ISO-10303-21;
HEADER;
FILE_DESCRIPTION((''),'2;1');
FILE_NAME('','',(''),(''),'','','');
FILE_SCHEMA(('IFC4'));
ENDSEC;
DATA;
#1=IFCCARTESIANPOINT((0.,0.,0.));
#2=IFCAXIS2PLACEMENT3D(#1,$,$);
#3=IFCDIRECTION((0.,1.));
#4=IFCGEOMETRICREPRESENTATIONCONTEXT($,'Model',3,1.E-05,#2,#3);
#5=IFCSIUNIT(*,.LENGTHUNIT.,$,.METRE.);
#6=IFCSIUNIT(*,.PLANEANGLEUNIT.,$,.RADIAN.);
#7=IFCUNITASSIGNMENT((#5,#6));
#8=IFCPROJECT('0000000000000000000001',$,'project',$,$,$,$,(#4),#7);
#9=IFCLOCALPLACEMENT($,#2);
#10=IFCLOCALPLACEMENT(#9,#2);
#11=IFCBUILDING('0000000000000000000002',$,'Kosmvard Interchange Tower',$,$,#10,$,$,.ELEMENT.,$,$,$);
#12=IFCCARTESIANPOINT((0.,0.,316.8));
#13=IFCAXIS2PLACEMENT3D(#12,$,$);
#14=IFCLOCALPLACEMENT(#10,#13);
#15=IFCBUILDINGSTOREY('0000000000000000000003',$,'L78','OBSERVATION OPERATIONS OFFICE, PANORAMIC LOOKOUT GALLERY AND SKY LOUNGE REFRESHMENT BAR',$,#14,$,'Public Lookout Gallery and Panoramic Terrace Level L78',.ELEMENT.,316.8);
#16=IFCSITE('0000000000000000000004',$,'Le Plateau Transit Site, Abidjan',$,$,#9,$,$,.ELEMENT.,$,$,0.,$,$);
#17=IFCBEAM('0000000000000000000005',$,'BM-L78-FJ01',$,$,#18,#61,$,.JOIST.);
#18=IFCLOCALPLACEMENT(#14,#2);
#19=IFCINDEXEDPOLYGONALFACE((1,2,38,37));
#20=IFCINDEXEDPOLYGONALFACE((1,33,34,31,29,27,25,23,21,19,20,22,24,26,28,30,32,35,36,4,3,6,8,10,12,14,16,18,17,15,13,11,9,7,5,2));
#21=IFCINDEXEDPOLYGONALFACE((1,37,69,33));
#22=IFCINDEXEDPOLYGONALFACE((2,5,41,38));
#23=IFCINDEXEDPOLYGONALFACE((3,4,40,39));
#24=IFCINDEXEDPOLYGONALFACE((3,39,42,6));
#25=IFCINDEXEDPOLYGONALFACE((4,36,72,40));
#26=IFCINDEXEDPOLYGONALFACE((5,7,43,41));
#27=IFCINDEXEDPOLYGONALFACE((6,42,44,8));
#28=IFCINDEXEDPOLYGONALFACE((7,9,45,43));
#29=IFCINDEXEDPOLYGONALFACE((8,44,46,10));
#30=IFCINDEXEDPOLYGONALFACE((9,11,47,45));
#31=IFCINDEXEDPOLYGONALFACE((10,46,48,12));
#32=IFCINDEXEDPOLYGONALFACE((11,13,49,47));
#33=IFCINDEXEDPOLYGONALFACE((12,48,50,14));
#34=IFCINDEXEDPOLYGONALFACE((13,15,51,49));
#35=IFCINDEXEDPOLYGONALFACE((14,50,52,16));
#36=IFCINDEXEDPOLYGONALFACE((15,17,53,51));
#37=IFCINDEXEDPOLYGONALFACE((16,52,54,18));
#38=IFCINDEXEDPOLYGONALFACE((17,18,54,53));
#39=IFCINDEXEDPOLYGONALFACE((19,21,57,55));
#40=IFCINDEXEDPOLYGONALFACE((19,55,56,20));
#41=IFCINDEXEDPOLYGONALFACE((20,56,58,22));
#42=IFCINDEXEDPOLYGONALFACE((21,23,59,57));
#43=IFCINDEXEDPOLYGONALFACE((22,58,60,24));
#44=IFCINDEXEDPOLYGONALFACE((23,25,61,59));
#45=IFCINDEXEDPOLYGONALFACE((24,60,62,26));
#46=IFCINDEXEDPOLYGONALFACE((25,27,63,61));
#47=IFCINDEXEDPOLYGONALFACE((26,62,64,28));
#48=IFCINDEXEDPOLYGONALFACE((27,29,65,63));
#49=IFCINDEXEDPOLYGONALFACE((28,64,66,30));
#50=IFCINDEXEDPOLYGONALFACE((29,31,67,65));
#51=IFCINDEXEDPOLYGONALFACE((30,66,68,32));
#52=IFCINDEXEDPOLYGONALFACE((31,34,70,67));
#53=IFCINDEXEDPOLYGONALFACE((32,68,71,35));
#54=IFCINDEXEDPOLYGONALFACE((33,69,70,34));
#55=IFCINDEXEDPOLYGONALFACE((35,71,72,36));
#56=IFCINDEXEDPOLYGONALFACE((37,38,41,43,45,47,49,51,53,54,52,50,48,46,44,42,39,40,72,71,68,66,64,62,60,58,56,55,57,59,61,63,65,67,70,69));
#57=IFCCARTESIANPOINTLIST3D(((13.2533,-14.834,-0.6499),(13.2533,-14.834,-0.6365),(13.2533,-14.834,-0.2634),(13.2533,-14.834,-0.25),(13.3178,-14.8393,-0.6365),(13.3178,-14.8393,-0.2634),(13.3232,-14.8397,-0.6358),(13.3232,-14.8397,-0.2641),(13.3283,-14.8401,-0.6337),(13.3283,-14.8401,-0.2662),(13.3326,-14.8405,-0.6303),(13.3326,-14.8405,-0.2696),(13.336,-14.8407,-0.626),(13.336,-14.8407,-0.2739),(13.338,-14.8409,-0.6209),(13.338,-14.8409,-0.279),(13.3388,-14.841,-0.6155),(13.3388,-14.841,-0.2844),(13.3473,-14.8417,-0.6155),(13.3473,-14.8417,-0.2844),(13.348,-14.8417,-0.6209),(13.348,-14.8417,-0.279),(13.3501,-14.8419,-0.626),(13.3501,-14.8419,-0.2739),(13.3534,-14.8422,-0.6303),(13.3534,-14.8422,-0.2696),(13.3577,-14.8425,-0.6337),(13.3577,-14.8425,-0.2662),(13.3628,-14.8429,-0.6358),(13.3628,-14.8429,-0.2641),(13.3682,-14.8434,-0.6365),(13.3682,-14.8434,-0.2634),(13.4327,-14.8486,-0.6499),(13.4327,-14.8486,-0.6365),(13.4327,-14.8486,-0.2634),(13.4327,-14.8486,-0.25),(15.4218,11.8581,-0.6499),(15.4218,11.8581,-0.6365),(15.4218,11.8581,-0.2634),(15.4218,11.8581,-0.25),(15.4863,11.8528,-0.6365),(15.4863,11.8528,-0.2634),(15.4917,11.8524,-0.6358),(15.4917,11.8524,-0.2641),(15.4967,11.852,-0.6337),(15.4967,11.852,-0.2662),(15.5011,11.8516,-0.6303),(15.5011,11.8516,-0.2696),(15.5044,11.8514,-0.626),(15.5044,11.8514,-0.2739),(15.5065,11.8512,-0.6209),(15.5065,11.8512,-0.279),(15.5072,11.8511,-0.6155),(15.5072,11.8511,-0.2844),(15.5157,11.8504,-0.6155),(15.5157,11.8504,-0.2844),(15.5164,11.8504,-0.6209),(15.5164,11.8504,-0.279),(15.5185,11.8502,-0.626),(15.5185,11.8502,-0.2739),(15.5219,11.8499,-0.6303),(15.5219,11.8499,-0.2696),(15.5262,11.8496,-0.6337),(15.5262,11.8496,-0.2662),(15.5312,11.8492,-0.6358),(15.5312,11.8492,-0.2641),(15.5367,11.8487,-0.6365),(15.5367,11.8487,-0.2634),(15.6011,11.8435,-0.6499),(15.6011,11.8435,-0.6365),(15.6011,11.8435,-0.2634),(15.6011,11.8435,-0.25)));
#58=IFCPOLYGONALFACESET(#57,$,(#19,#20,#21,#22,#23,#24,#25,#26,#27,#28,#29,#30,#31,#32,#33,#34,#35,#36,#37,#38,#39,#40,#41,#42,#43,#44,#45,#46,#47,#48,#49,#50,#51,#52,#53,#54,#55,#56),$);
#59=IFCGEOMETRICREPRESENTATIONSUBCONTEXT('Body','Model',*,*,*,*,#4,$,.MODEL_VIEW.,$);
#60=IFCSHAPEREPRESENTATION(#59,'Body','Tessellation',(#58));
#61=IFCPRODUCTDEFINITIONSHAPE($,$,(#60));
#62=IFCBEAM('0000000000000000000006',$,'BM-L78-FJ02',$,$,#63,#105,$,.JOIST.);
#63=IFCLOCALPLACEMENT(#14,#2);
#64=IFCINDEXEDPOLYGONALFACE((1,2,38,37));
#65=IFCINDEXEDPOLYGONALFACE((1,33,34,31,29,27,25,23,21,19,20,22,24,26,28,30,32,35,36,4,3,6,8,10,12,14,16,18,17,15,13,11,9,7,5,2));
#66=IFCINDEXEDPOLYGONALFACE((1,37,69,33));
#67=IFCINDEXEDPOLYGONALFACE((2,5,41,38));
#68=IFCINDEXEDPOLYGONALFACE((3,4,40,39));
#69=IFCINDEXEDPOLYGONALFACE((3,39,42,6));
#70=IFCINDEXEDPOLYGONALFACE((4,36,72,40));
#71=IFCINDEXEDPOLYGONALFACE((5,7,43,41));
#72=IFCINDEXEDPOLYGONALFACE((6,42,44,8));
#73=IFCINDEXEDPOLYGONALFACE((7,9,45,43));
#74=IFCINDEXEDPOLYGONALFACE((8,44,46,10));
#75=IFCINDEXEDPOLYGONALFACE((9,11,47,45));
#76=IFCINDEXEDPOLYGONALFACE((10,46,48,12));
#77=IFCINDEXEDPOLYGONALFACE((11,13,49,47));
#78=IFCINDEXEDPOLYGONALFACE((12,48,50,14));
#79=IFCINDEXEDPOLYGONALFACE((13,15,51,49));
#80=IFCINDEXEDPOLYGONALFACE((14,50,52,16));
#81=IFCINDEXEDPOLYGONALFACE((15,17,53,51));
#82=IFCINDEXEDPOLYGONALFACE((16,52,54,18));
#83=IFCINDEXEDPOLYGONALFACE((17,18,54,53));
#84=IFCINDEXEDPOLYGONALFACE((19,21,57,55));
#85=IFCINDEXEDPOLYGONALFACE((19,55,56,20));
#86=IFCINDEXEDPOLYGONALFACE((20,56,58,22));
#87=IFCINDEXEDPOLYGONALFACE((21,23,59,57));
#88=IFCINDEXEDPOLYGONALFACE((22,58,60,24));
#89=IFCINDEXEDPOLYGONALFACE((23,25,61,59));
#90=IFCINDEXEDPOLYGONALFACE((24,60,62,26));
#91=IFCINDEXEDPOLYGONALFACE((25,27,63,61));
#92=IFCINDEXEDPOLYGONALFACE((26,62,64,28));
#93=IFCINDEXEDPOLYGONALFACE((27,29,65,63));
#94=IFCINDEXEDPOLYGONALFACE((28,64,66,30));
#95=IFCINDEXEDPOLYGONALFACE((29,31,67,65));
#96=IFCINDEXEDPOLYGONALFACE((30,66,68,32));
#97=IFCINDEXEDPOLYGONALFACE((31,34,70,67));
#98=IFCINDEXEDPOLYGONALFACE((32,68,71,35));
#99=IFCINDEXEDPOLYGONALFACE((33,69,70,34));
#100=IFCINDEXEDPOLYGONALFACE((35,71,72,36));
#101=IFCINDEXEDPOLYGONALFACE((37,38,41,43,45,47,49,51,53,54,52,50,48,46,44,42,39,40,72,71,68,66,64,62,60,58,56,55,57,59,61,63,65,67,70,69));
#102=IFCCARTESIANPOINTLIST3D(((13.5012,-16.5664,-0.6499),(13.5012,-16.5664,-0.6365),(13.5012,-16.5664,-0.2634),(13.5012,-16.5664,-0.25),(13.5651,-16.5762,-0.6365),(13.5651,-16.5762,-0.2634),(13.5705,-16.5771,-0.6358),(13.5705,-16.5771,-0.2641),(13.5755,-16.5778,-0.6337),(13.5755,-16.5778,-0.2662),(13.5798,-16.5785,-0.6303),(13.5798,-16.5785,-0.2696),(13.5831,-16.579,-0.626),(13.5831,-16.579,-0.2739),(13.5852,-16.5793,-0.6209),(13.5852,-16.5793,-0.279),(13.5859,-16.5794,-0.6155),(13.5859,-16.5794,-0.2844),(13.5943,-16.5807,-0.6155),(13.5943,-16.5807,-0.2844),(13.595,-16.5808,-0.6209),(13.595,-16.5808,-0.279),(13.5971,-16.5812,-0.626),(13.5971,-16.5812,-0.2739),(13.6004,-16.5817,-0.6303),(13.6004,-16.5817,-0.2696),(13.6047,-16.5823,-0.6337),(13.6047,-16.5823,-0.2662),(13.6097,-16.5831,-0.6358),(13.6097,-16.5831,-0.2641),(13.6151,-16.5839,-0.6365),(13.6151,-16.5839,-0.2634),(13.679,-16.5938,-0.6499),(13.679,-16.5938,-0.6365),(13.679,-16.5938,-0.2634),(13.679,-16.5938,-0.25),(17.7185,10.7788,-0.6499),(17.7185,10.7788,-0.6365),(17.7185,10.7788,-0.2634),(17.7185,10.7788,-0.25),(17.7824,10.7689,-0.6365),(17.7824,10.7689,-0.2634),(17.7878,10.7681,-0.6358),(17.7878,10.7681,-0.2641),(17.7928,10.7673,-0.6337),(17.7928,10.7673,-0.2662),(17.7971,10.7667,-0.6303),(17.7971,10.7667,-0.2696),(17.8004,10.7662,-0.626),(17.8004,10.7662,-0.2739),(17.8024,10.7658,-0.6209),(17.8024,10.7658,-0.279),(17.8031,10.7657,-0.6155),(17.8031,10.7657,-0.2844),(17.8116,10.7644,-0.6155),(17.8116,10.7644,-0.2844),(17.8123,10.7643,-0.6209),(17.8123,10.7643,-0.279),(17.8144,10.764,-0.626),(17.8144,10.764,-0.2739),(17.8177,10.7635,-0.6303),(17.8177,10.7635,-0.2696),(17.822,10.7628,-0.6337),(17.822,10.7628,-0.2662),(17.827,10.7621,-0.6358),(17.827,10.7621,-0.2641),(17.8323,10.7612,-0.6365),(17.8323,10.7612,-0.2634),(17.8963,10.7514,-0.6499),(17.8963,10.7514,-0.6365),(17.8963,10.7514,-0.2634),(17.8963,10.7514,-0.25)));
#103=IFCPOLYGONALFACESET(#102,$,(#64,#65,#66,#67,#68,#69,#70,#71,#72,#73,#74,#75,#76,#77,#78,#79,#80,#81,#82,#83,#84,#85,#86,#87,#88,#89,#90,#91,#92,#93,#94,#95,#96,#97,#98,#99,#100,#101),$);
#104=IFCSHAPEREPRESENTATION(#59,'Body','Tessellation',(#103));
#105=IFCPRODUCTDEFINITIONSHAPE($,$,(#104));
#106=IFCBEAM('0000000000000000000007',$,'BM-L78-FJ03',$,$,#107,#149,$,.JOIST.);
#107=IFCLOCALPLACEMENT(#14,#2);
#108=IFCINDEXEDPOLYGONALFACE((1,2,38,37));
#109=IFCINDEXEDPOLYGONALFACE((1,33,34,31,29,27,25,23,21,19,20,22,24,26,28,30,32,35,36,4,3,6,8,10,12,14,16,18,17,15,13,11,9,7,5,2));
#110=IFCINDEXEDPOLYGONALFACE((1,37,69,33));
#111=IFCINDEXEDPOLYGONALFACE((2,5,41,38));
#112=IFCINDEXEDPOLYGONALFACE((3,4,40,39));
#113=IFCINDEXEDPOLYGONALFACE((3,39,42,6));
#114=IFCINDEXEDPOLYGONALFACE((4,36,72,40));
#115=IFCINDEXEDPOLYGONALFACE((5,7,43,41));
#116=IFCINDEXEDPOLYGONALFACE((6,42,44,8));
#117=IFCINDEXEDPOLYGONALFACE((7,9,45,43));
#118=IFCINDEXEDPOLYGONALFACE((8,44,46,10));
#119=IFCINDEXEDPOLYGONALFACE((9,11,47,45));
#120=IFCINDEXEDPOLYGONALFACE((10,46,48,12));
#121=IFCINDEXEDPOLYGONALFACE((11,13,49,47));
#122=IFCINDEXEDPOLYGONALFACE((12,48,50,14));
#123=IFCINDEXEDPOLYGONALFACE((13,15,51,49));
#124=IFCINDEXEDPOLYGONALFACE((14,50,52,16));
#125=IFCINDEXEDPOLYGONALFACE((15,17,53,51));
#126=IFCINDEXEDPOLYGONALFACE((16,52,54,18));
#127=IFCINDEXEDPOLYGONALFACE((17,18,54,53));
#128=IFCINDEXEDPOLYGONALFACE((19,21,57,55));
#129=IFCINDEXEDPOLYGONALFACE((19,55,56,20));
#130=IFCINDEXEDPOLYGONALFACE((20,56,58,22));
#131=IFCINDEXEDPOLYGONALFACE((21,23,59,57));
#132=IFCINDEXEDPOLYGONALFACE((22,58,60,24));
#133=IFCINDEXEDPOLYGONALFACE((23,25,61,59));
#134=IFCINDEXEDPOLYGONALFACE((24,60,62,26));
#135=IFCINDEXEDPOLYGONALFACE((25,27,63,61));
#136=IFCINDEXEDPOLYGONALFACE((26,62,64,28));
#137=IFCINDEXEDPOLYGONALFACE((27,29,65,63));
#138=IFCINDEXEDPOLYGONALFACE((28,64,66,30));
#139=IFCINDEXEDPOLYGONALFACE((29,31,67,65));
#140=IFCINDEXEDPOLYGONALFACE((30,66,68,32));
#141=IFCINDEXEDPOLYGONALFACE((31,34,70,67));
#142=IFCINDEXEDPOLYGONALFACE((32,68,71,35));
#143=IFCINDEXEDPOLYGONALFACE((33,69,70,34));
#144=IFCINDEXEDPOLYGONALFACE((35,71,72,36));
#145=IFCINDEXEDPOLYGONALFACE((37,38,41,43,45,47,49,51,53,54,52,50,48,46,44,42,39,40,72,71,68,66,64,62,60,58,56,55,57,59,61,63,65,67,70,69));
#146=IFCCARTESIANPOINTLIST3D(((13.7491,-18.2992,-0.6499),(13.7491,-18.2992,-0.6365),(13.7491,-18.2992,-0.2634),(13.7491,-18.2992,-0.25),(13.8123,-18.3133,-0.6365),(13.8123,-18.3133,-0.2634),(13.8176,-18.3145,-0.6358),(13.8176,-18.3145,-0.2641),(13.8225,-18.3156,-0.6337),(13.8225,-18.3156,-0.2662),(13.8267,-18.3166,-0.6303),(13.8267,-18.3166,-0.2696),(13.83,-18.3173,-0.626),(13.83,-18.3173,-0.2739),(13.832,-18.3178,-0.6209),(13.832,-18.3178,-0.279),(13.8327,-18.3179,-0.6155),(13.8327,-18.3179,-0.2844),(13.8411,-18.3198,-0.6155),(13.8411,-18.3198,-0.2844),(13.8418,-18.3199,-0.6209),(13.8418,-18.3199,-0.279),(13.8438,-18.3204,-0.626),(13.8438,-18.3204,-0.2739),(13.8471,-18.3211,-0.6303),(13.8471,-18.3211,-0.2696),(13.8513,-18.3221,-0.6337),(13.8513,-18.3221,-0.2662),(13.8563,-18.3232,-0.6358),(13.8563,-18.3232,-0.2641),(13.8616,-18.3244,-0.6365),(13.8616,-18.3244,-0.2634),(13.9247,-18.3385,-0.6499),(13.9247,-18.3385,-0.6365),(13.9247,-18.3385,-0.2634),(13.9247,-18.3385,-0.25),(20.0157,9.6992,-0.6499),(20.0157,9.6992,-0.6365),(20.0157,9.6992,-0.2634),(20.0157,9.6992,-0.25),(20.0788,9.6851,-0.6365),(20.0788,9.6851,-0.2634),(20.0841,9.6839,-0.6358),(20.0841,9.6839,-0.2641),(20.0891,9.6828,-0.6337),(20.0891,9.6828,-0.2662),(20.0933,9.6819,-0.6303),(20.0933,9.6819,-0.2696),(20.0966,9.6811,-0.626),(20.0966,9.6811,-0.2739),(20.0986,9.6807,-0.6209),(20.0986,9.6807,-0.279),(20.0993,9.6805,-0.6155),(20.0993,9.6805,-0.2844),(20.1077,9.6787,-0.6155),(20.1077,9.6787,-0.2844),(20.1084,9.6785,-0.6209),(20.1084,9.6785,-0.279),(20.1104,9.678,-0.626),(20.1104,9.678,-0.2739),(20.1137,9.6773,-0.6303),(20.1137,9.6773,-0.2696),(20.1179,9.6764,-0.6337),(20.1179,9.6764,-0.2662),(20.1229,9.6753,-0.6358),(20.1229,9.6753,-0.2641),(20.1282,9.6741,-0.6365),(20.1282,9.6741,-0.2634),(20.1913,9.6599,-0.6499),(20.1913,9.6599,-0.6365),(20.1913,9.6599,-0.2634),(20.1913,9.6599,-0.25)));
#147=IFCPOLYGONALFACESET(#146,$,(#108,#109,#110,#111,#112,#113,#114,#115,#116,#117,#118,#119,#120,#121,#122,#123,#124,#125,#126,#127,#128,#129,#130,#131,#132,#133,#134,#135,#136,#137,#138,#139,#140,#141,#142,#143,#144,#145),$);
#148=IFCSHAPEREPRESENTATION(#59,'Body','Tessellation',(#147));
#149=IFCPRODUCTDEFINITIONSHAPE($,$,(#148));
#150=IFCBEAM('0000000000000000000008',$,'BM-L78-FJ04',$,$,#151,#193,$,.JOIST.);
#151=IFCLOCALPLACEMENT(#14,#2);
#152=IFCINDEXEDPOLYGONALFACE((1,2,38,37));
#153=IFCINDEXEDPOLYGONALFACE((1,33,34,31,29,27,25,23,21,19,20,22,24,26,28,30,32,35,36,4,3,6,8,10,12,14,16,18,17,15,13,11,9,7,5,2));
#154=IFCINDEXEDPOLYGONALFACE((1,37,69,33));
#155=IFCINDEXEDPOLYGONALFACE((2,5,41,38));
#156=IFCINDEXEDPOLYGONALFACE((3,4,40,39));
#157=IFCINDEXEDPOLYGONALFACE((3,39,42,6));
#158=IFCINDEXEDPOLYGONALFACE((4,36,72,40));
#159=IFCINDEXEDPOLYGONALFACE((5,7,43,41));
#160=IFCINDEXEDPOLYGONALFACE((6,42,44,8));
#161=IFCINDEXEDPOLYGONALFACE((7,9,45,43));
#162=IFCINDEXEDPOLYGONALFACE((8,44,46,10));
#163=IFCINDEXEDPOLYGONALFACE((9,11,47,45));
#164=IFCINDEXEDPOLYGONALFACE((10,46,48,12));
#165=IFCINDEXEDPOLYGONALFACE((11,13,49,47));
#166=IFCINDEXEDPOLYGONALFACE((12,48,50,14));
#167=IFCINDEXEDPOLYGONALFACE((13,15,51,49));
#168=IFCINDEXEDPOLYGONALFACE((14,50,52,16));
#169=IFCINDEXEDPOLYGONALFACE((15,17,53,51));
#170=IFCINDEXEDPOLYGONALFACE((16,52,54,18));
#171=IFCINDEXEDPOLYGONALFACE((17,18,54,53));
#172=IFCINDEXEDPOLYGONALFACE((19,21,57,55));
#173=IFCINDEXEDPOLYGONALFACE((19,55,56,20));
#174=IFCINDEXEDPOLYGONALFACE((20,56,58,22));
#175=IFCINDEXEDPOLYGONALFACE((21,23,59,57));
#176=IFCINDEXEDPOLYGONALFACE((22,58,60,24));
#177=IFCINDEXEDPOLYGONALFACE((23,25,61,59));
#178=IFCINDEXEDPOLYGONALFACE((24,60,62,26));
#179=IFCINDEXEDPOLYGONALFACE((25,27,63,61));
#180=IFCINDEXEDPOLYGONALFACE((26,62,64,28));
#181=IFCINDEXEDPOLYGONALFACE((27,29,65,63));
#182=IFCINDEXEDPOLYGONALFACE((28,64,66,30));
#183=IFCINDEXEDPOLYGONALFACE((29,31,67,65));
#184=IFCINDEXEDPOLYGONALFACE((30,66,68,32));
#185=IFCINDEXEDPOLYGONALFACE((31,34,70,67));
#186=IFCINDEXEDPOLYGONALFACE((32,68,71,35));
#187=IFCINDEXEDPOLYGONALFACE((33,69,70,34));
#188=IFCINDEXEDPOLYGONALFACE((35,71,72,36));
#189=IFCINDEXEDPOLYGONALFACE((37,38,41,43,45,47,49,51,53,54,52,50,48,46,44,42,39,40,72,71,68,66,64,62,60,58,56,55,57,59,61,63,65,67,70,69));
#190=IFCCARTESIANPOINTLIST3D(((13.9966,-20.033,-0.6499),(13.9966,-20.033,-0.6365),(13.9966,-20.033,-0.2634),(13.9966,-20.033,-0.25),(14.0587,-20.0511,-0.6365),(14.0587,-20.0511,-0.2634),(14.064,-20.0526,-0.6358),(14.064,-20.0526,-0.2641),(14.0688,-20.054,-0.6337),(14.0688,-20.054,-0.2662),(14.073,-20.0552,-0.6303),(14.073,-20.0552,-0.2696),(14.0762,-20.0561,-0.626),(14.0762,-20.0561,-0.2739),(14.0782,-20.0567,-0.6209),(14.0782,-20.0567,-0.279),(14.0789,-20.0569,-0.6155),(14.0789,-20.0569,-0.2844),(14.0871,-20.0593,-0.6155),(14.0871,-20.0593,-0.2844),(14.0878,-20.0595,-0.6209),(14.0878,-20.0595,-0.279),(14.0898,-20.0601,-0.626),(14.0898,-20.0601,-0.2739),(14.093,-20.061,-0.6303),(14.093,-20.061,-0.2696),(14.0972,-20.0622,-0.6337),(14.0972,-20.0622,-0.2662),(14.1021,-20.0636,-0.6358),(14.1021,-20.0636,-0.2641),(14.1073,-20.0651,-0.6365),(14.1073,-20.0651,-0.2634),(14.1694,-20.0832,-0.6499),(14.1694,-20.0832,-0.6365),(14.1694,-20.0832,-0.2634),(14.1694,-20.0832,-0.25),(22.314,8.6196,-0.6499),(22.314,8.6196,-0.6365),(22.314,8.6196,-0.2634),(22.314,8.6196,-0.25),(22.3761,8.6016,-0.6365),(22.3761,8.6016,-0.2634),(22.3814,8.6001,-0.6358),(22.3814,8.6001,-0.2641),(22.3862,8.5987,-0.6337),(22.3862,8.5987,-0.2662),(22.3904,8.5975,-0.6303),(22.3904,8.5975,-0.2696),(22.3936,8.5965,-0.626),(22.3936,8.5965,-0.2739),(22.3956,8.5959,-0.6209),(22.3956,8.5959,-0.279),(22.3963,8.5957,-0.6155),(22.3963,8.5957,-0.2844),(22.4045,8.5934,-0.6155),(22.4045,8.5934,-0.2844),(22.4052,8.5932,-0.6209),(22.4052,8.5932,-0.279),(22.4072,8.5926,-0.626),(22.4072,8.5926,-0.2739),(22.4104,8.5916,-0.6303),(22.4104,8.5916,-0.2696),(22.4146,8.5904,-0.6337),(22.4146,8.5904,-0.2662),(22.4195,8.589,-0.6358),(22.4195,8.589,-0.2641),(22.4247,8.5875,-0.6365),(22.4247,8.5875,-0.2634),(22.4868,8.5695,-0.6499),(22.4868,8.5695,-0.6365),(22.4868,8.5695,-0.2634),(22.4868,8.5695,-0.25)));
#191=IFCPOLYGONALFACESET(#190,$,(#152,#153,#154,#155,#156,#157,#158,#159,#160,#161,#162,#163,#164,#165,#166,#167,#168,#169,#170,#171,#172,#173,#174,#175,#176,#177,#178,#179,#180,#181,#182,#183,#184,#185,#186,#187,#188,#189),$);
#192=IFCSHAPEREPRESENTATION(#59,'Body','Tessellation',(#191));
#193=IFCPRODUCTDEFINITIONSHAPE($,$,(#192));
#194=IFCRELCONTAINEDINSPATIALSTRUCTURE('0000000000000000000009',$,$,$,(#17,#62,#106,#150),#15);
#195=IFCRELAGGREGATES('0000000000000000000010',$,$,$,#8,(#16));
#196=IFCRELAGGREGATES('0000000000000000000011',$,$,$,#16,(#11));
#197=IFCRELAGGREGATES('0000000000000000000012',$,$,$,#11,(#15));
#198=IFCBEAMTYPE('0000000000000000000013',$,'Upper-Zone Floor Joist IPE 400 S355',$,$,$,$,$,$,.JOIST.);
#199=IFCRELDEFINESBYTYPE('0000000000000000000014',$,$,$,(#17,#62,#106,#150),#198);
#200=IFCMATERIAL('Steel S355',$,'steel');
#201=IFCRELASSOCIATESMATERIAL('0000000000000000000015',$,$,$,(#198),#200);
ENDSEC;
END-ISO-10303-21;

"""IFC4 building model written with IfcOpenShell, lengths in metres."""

from ifc_helpers import new_model, si_unit, direction, frame, origin, origin_2d, place, context, subcontext, project, spatial, i_section, extrude, source, transform, mapped, material, material_profile, profile_set, type_object, element, save


model = new_model("IFC4")

# Units and contexts
model_context = context("Model", 3, precision=1e-05, world=origin(), true_north=direction((0.0, 1.0)))
body_context = subcontext(model_context, "Body", "Model", "MODEL_VIEW")
ifc_project = project(units=[si_unit("LENGTHUNIT", "METRE"), si_unit("PLANEANGLEUNIT", "RADIAN")], contexts=[model_context])

# Site, building, storey
site_placement = place(None, origin())
site = spatial("IfcSite", under=ifc_project, at=site_placement, Name="Le Plateau Transit Site, Abidjan", CompositionType="ELEMENT", RefElevation=0.0)
building_placement = place(site_placement, origin())
building = spatial("IfcBuilding", under=site, at=building_placement, Name="Kosmvard Interchange Tower", CompositionType="ELEMENT")
storey_placement = place(building_placement, frame((0.0, 0.0, 316.8)))
storey = spatial("IfcBuildingStorey", under=building, at=storey_placement, Name="L78", Description="OBSERVATION OPERATIONS OFFICE, PANORAMIC LOOKOUT GALLERY AND SKY LOUNGE REFRESHMENT BAR", LongName="Public Lookout Gallery and Panoramic Terrace Level L78", CompositionType="ELEMENT", Elevation=316.8)

# Beams
ifc_material_1 = material(Name="Steel S355", Category="steel")
ifc_material_profile_1 = material_profile(ifc_material_1, i_section(OverallWidth=0.1799, OverallDepth=0.3999, WebThickness=0.0085, FlangeThickness=0.0134, FilletRadius=0.021, at=origin_2d()), Name="IPE 400")
ifc_profile_set_1 = profile_set([ifc_material_profile_1], Name="Steel S355")
beam_type_1 = type_object("IfcBeamType", Name="Upper-Zone Floor Joist IPE 400 S355", PredefinedType="JOIST", material=ifc_profile_set_1)
shared_shape_1 = source(origin(), body_context, "Body", "SweptSolid", [
    extrude(i_section(OverallWidth=0.1799, OverallDepth=0.3999, WebThickness=0.0085, FlangeThickness=0.0134, FilletRadius=0.021, at=origin_2d()), origin(), (0.0, 0.0, 1.0), 26.78),
])
beam_1_placement = place(storey_placement, frame((13.343, -14.8413, -0.45), z_axis=(0.080973, 0.996716, 0.0), x_axis=(-0.996716, 0.080973, 0.0)))
element("IfcBeam", 1, at=beam_1_placement, inside=storey, type_object=beam_type_1, Name="BM-L78-FJ01", PredefinedType="JOIST", context=body_context, shape_type="MappedRepresentation", body=[
    mapped(shared_shape_1, transform((0.0, 0.0, 0.0), scale=1.0)),
])
shared_shape_2 = source(origin(), body_context, "Body", "SweptSolid", [
    extrude(i_section(OverallWidth=0.1799, OverallDepth=0.3999, WebThickness=0.0085, FlangeThickness=0.0134, FilletRadius=0.021, at=origin_2d()), origin(), (0.0, 0.0, 1.0), 27.6685),
])
beam_2_placement = place(storey_placement, frame((13.5901, -16.5801, -0.45), z_axis=(0.152422, 0.988316, 0.0), x_axis=(-0.988316, 0.152422, 0.0)))
element("IfcBeam", 2, at=beam_2_placement, inside=storey, type_object=beam_type_1, Name="BM-L78-FJ02", PredefinedType="JOIST", context=body_context, shape_type="MappedRepresentation", body=[
    mapped(shared_shape_2, transform((0.0, 0.0, 0.0), scale=1.0)),
])
shared_shape_3 = source(origin(), body_context, "Body", "SweptSolid", [
    extrude(i_section(OverallWidth=0.1799, OverallDepth=0.3999, WebThickness=0.0085, FlangeThickness=0.0134, FilletRadius=0.021, at=origin_2d()), origin(), (0.0, 0.0, 1.0), 28.6912),
])
beam_3_placement = place(storey_placement, frame((13.8369, -18.3188, -0.45), z_axis=(0.218415, 0.975856, 0.0), x_axis=(-0.975856, 0.218415, 0.0)))
element("IfcBeam", 3, at=beam_3_placement, inside=storey, type_object=beam_type_1, Name="BM-L78-FJ03", PredefinedType="JOIST", context=body_context, shape_type="MappedRepresentation", body=[
    mapped(shared_shape_3, transform((0.0, 0.0, 0.0), scale=1.0)),
])
shared_shape_4 = source(origin(), body_context, "Body", "SweptSolid", [
    extrude(i_section(OverallWidth=0.1799, OverallDepth=0.3999, WebThickness=0.0085, FlangeThickness=0.0134, FilletRadius=0.021, at=origin_2d()), origin(), (0.0, 0.0, 1.0), 29.8354),
])
beam_4_placement = place(storey_placement, frame((14.083, -20.0581, -0.45), z_axis=(0.278776, 0.960356, 0.0), x_axis=(-0.960356, 0.278776, 0.0)))
element("IfcBeam", 4, at=beam_4_placement, inside=storey, type_object=beam_type_1, Name="BM-L78-FJ04", PredefinedType="JOIST", context=body_context, shape_type="MappedRepresentation", body=[
    mapped(shared_shape_4, transform((0.0, 0.0, 0.0), scale=1.0)),
])

save(model, "model.ifc")
